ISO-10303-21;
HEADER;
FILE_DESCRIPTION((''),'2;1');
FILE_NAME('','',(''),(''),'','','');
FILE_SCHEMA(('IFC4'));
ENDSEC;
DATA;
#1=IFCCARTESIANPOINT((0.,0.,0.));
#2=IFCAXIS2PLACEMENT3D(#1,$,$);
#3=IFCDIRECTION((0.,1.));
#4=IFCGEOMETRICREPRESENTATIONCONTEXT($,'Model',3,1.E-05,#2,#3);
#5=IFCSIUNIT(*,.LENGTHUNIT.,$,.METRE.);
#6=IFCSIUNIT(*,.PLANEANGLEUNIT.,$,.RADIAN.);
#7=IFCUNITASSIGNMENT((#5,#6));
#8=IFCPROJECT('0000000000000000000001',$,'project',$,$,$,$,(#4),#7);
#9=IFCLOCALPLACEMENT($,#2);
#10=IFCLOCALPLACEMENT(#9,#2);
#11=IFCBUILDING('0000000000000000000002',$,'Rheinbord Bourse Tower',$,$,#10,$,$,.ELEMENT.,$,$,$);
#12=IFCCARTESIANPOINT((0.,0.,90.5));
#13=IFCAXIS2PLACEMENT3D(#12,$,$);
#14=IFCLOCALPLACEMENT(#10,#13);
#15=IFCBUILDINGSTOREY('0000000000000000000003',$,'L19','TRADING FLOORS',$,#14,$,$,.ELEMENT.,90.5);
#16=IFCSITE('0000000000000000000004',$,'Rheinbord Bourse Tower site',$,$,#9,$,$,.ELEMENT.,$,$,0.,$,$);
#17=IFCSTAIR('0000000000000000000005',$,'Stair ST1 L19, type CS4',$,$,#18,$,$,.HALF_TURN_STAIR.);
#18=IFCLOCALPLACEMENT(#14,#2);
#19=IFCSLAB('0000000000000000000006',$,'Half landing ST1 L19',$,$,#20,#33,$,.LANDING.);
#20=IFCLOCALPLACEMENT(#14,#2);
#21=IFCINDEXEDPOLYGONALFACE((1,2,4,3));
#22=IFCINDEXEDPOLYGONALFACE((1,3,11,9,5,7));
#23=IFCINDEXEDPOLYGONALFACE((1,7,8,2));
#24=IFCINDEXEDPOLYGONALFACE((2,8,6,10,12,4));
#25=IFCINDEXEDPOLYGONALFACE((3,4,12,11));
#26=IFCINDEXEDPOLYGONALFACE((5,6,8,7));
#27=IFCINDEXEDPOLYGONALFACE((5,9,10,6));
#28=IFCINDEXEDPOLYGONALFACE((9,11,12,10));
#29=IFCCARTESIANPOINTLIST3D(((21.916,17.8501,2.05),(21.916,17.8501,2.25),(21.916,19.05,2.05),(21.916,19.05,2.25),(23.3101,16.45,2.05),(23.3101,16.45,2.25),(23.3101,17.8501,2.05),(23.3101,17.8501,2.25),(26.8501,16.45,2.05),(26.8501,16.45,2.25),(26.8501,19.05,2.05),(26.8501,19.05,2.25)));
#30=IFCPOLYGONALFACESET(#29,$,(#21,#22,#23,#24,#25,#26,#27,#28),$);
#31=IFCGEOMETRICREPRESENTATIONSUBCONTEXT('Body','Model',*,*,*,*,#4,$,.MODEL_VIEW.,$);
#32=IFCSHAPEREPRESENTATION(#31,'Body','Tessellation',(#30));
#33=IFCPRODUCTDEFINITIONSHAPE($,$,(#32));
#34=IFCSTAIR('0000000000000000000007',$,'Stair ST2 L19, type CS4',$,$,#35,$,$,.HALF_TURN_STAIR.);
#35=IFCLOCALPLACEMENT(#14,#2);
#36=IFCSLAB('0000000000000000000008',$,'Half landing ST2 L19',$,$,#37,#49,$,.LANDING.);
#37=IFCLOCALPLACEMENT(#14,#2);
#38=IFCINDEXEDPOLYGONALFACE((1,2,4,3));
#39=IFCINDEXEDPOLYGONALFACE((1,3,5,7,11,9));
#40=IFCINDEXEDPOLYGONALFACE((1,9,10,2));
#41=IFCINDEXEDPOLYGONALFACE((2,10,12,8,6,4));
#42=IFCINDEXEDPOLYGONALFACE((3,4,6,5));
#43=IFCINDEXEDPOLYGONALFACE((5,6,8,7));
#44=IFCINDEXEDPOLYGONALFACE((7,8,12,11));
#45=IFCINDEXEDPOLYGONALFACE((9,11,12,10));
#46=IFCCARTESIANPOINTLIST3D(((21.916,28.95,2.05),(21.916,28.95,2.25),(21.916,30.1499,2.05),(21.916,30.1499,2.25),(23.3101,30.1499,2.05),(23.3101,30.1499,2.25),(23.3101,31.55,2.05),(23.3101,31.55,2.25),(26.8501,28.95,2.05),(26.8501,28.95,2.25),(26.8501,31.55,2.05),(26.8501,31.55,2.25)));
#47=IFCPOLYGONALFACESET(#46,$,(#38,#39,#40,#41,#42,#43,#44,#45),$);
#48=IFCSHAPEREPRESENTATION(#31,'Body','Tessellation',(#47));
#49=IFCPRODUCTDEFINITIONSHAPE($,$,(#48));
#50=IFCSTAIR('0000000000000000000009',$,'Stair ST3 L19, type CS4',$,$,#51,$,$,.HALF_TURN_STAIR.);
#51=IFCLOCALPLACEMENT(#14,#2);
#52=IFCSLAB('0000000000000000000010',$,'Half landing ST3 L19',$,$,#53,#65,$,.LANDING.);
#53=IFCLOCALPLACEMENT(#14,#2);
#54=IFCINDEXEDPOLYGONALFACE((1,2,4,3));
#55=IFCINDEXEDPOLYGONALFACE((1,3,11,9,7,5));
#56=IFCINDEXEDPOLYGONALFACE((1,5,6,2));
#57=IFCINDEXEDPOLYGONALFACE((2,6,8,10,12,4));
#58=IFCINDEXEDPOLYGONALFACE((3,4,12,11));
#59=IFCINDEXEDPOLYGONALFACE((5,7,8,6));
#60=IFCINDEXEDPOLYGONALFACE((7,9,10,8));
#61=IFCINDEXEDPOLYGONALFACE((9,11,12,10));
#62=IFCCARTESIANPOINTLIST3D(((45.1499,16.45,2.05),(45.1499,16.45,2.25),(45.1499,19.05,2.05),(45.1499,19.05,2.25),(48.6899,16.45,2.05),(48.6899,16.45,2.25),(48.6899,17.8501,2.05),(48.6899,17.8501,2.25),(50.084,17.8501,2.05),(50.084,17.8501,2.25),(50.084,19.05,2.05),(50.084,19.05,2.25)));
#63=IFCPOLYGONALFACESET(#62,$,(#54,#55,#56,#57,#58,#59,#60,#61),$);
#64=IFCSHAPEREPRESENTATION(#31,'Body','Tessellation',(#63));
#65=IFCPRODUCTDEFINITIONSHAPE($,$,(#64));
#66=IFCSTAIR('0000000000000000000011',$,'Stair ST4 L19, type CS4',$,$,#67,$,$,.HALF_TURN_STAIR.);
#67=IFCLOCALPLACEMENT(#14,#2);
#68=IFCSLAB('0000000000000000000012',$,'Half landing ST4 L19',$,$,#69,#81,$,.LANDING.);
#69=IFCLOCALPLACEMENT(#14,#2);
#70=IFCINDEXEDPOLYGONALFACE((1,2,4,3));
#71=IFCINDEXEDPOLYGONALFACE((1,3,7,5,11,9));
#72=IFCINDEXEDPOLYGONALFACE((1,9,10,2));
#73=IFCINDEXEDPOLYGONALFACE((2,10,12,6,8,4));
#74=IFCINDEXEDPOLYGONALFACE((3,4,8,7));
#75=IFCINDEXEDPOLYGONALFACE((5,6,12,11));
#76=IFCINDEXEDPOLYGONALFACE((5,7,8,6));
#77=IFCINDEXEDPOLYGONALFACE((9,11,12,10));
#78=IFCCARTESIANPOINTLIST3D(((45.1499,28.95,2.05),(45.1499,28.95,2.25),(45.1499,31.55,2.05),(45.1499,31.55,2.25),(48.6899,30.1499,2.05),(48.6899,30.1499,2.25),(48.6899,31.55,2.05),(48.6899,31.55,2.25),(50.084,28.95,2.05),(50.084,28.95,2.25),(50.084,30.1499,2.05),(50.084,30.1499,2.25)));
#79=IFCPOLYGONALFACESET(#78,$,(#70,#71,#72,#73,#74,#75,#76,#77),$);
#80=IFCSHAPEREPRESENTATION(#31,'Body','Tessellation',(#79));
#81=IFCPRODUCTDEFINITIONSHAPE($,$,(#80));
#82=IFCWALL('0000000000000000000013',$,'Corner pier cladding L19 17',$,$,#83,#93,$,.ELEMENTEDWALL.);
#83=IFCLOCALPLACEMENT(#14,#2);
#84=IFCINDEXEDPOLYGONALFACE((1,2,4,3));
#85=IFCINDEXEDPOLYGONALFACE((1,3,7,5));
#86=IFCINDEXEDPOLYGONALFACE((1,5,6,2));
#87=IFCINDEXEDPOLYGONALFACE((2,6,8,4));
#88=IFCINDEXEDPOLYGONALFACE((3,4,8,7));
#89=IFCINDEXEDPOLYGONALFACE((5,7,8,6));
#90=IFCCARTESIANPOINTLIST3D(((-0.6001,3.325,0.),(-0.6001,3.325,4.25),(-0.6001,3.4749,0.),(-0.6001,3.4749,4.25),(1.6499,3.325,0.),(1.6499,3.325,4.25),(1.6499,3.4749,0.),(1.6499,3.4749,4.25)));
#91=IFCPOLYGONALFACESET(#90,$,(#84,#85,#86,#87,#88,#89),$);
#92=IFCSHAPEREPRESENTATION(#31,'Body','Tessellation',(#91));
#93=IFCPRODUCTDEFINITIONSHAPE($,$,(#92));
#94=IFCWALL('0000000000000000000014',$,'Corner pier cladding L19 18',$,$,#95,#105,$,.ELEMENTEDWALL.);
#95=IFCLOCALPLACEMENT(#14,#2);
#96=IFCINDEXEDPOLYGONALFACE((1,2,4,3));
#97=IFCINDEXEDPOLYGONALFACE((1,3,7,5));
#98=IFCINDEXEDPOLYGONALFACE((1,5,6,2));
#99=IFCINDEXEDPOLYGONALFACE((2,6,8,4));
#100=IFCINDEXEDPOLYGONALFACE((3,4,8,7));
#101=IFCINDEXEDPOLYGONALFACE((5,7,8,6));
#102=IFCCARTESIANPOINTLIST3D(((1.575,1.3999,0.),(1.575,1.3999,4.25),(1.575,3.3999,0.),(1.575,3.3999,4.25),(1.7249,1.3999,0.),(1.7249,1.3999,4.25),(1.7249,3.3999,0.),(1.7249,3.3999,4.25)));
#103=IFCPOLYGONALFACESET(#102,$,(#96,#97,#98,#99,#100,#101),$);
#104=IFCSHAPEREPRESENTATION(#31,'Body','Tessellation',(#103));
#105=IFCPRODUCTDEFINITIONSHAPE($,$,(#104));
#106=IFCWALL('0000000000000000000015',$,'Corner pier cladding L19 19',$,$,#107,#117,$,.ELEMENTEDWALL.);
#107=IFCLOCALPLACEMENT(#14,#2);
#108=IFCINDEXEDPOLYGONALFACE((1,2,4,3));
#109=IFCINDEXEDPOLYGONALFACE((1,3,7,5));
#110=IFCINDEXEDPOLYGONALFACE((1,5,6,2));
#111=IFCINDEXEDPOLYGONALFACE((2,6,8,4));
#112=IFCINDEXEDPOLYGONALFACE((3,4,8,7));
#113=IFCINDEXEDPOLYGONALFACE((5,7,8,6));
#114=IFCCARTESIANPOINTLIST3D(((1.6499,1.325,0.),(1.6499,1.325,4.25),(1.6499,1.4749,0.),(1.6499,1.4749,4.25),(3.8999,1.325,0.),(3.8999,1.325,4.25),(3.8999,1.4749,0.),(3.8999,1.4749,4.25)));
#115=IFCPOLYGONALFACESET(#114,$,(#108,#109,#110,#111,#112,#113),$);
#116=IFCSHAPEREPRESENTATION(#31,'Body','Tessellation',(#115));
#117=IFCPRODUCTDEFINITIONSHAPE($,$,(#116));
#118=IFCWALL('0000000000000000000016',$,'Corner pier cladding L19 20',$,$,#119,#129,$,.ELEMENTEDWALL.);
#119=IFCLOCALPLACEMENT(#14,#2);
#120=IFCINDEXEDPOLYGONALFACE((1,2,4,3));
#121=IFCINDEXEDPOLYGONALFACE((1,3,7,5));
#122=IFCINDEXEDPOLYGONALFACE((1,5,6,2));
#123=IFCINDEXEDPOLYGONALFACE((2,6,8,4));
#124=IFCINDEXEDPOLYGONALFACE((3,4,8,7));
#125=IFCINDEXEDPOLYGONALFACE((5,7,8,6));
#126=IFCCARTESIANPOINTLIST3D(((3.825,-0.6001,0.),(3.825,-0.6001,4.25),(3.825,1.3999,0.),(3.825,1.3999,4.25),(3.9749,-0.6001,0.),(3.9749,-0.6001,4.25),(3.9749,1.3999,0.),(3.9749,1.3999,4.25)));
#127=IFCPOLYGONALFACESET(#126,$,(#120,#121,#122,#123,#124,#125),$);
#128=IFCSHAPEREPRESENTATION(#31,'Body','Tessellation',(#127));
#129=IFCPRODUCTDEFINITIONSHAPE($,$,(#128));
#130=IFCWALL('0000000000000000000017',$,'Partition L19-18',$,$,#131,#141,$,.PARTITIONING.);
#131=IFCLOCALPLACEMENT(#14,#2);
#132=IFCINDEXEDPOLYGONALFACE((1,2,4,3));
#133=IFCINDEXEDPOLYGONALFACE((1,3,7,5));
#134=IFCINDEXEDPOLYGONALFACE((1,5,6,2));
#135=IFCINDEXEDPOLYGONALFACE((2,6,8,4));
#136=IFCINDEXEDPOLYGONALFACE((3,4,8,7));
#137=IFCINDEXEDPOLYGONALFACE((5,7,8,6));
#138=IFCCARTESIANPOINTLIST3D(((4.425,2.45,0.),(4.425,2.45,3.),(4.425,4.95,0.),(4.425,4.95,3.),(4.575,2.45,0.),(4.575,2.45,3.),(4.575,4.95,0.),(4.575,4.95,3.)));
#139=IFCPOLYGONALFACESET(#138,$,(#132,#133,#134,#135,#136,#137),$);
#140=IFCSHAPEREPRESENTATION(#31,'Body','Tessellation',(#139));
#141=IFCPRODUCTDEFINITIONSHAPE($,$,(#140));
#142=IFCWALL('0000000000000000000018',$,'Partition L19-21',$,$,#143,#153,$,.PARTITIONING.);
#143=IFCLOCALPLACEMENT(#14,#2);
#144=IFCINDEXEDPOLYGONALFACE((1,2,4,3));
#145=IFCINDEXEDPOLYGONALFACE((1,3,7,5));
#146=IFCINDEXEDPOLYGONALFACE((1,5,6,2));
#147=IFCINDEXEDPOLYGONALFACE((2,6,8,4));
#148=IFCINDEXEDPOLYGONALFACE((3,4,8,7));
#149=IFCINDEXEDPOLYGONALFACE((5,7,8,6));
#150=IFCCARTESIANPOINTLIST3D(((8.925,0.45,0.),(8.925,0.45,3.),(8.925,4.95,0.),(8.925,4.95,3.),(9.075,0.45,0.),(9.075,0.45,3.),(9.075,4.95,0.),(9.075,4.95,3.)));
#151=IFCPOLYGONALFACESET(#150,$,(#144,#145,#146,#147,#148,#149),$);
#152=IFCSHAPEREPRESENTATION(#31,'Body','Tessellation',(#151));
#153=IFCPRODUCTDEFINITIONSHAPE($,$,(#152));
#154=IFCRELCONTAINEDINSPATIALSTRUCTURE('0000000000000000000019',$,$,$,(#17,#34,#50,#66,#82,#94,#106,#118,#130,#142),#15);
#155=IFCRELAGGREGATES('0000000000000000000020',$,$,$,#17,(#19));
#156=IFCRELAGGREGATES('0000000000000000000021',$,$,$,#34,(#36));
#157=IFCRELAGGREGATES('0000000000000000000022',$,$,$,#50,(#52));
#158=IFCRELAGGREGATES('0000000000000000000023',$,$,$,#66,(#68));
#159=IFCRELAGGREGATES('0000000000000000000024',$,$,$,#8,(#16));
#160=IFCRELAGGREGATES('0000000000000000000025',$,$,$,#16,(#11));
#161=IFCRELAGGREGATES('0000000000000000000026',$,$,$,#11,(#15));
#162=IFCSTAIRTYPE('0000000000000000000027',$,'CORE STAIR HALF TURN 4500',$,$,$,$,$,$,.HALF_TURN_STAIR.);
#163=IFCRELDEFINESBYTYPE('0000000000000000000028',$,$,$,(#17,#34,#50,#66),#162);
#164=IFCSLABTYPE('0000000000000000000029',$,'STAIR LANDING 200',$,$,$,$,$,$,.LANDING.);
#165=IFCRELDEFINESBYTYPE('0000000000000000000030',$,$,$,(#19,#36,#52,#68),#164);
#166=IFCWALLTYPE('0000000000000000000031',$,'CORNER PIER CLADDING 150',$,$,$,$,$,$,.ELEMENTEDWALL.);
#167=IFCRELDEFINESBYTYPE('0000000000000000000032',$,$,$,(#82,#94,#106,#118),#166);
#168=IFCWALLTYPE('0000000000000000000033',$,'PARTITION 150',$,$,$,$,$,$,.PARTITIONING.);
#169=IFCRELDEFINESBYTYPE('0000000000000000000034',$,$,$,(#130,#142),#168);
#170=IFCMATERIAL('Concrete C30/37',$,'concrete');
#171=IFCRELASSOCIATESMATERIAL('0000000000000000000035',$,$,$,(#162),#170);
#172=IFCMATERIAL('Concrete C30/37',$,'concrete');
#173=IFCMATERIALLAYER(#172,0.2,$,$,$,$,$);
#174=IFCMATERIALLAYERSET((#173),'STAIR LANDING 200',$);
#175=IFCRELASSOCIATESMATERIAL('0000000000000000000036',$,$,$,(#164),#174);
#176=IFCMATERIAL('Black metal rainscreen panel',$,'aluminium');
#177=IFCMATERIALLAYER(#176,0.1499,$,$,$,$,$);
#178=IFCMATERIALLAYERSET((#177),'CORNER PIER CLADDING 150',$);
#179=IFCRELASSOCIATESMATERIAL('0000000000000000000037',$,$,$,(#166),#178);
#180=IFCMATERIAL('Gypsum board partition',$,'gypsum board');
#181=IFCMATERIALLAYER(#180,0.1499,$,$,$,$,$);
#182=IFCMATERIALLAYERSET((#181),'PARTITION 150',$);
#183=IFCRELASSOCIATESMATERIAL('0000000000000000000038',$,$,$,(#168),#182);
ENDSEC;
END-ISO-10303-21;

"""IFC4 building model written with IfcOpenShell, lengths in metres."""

from ifc_helpers import new_model, si_unit, direction, frame, frame_2d, origin, place, context, subcontext, project, spatial, polyline, rectangle, outline, extrude, material, layer, layer_set, type_object, element, aggregate, save


model = new_model("IFC4")

# Units and contexts
model_context = context("Model", 3, precision=1e-05, world=origin(), true_north=direction((0.0, 1.0)))
body_context = subcontext(model_context, "Body", "Model", "MODEL_VIEW")
ifc_project = project(units=[si_unit("LENGTHUNIT", "METRE"), si_unit("PLANEANGLEUNIT", "RADIAN")], contexts=[model_context])

# Site, building, storey
site_placement = place(None, origin())
site = spatial("IfcSite", under=ifc_project, at=site_placement, Name="Rheinbord Bourse Tower site", CompositionType="ELEMENT", RefElevation=0.0)
building_placement = place(site_placement, origin())
building = spatial("IfcBuilding", under=site, at=building_placement, Name="Rheinbord Bourse Tower", CompositionType="ELEMENT")
storey_placement = place(building_placement, frame((0.0, 0.0, 90.5)))
storey = spatial("IfcBuildingStorey", under=building, at=storey_placement, Name="L19", Description="TRADING FLOORS", CompositionType="ELEMENT", Elevation=90.5)

# Stairs, slabs
ifc_material_1 = material(Name="Concrete C30/37", Category="concrete")
stair_type = type_object("IfcStairType", Name="CORE STAIR HALF TURN 4500", PredefinedType="HALF_TURN_STAIR", material=ifc_material_1)
stair_1_placement = place(storey_placement, origin())
stair_1 = element("IfcStair", 1, at=stair_1_placement, inside=storey, type_object=stair_type, Name="Stair ST1 L19, type CS4", PredefinedType="HALF_TURN_STAIR")
ifc_material_2 = material(Name="Concrete C30/37", Category="concrete")
ifc_layer_1 = layer(ifc_material_2, 0.2)
ifc_layer_set_1 = layer_set([ifc_layer_1], Name="STAIR LANDING 200")
slab_type_1 = type_object("IfcSlabType", Name="STAIR LANDING 200", PredefinedType="LANDING", material=ifc_layer_set_1)
slab_1_placement = place(storey_placement, frame((0.0, 0.0, 2.05)))
slab_1 = element("IfcSlab", 2, at=slab_1_placement, type_object=slab_type_1, Name="Half landing ST1 L19", PredefinedType="LANDING", context=body_context, shape_type="SweptSolid", body=[
    extrude(outline(polyline([(23.3101, 16.45), (26.8501, 16.45), (26.8501, 19.05), (21.916, 19.05), (21.916, 17.8501), (23.3101, 17.8501), (23.3101, 16.45)])), origin(), (0.0, 0.0, 1.0), 0.2),
])
aggregate(stair_1, [slab_1])
stair_2_placement = place(storey_placement, origin())
stair_2 = element("IfcStair", 3, at=stair_2_placement, inside=storey, type_object=stair_type, Name="Stair ST2 L19, type CS4", PredefinedType="HALF_TURN_STAIR")
slab_2_placement = place(storey_placement, frame((0.0, 0.0, 2.05)))
slab_2 = element("IfcSlab", 4, at=slab_2_placement, type_object=slab_type_1, Name="Half landing ST2 L19", PredefinedType="LANDING", context=body_context, shape_type="SweptSolid", body=[
    extrude(outline(polyline([(21.916, 28.95), (26.8501, 28.95), (26.8501, 31.55), (23.3101, 31.55), (23.3101, 30.1499), (21.916, 30.1499), (21.916, 28.95)])), origin(), (0.0, 0.0, 1.0), 0.2),
])
aggregate(stair_2, [slab_2])
stair_3_placement = place(storey_placement, origin())
stair_3 = element("IfcStair", 5, at=stair_3_placement, inside=storey, type_object=stair_type, Name="Stair ST3 L19, type CS4", PredefinedType="HALF_TURN_STAIR")
slab_3_placement = place(storey_placement, frame((0.0, 0.0, 2.05)))
slab_3 = element("IfcSlab", 6, at=slab_3_placement, type_object=slab_type_1, Name="Half landing ST3 L19", PredefinedType="LANDING", context=body_context, shape_type="SweptSolid", body=[
    extrude(outline(polyline([(45.1499, 16.45), (48.6899, 16.45), (48.6899, 17.8501), (50.084, 17.8501), (50.084, 19.05), (45.1499, 19.05), (45.1499, 16.45)])), origin(), (0.0, 0.0, 1.0), 0.2),
])
aggregate(stair_3, [slab_3])
stair_4_placement = place(storey_placement, origin())
stair_4 = element("IfcStair", 7, at=stair_4_placement, inside=storey, type_object=stair_type, Name="Stair ST4 L19, type CS4", PredefinedType="HALF_TURN_STAIR")
slab_4_placement = place(storey_placement, frame((0.0, 0.0, 2.05)))
slab_4 = element("IfcSlab", 8, at=slab_4_placement, type_object=slab_type_1, Name="Half landing ST4 L19", PredefinedType="LANDING", context=body_context, shape_type="SweptSolid", body=[
    extrude(outline(polyline([(45.1499, 28.95), (50.084, 28.95), (50.084, 30.1499), (48.6899, 30.1499), (48.6899, 31.55), (45.1499, 31.55), (45.1499, 28.95)])), origin(), (0.0, 0.0, 1.0), 0.2),
])
aggregate(stair_4, [slab_4])

# Walls
ifc_material_3 = material(Name="Black metal rainscreen panel", Category="aluminium")
ifc_layer_2 = layer(ifc_material_3, 0.1499)
ifc_layer_set_2 = layer_set([ifc_layer_2], Name="CORNER PIER CLADDING 150")
wall_type_1 = type_object("IfcWallType", Name="CORNER PIER CLADDING 150", PredefinedType="ELEMENTEDWALL", material=ifc_layer_set_2)
wall_1_placement = place(storey_placement, frame((-0.6001, 3.3999, 0.0), z_axis=(0.0, 0.0, 1.0), x_axis=(1.0, 0.0, 0.0)))
element("IfcWall", 9, at=wall_1_placement, inside=storey, type_object=wall_type_1, Name="Corner pier cladding L19 17", PredefinedType="ELEMENTEDWALL", context=body_context, shape_type="SweptSolid", body=[
    extrude(rectangle(XDim=2.25, YDim=0.1499, at=frame_2d((1.125, 0.0))), origin(), (0.0, 0.0, 1.0), 4.25),
])
wall_2_placement = place(storey_placement, frame((1.6499, 3.3999, 0.0), z_axis=(0.0, 0.0, 1.0), x_axis=(0.0, -1.0, 0.0)))
element("IfcWall", 10, at=wall_2_placement, inside=storey, type_object=wall_type_1, Name="Corner pier cladding L19 18", PredefinedType="ELEMENTEDWALL", context=body_context, shape_type="SweptSolid", body=[
    extrude(rectangle(XDim=2.0, YDim=0.1499, at=frame_2d((1.0, 0.0))), origin(), (0.0, 0.0, 1.0), 4.25),
])
wall_3_placement = place(storey_placement, frame((1.6499, 1.3999, 0.0), z_axis=(0.0, 0.0, 1.0), x_axis=(1.0, 0.0, 0.0)))
element("IfcWall", 11, at=wall_3_placement, inside=storey, type_object=wall_type_1, Name="Corner pier cladding L19 19", PredefinedType="ELEMENTEDWALL", context=body_context, shape_type="SweptSolid", body=[
    extrude(rectangle(XDim=2.25, YDim=0.1499, at=frame_2d((1.125, 0.0))), origin(), (0.0, 0.0, 1.0), 4.25),
])
wall_4_placement = place(storey_placement, frame((3.8999, 1.3999, 0.0), z_axis=(0.0, 0.0, 1.0), x_axis=(0.0, -1.0, 0.0)))
element("IfcWall", 12, at=wall_4_placement, inside=storey, type_object=wall_type_1, Name="Corner pier cladding L19 20", PredefinedType="ELEMENTEDWALL", context=body_context, shape_type="SweptSolid", body=[
    extrude(rectangle(XDim=2.0, YDim=0.1499, at=frame_2d((1.0, 0.0))), origin(), (0.0, 0.0, 1.0), 4.25),
])
ifc_material_4 = material(Name="Gypsum board partition", Category="gypsum board")
ifc_layer_3 = layer(ifc_material_4, 0.1499)
ifc_layer_set_3 = layer_set([ifc_layer_3], Name="PARTITION 150")
wall_type_2 = type_object("IfcWallType", Name="PARTITION 150", PredefinedType="PARTITIONING", material=ifc_layer_set_3)
wall_5_placement = place(storey_placement, frame((4.5, 2.45, 0.0), z_axis=(0.0, 0.0, 1.0), x_axis=(0.0, 1.0, 0.0)))
element("IfcWall", 13, at=wall_5_placement, inside=storey, type_object=wall_type_2, Name="Partition L19-18", PredefinedType="PARTITIONING", context=body_context, shape_type="SweptSolid", body=[
    extrude(rectangle(XDim=2.5, YDim=0.1499, at=frame_2d((1.25, 0.0))), origin(), (0.0, 0.0, 1.0), 3.0),
])
wall_6_placement = place(storey_placement, frame((9.0, 0.45, 0.0), z_axis=(0.0, 0.0, 1.0), x_axis=(0.0, 1.0, 0.0)))
element("IfcWall", 14, at=wall_6_placement, inside=storey, type_object=wall_type_2, Name="Partition L19-21", PredefinedType="PARTITIONING", context=body_context, shape_type="SweptSolid", body=[
    extrude(rectangle(XDim=4.5, YDim=0.1499, at=frame_2d((2.25, 0.0))), origin(), (0.0, 0.0, 1.0), 3.0),
])

save(model, "model.ifc")
